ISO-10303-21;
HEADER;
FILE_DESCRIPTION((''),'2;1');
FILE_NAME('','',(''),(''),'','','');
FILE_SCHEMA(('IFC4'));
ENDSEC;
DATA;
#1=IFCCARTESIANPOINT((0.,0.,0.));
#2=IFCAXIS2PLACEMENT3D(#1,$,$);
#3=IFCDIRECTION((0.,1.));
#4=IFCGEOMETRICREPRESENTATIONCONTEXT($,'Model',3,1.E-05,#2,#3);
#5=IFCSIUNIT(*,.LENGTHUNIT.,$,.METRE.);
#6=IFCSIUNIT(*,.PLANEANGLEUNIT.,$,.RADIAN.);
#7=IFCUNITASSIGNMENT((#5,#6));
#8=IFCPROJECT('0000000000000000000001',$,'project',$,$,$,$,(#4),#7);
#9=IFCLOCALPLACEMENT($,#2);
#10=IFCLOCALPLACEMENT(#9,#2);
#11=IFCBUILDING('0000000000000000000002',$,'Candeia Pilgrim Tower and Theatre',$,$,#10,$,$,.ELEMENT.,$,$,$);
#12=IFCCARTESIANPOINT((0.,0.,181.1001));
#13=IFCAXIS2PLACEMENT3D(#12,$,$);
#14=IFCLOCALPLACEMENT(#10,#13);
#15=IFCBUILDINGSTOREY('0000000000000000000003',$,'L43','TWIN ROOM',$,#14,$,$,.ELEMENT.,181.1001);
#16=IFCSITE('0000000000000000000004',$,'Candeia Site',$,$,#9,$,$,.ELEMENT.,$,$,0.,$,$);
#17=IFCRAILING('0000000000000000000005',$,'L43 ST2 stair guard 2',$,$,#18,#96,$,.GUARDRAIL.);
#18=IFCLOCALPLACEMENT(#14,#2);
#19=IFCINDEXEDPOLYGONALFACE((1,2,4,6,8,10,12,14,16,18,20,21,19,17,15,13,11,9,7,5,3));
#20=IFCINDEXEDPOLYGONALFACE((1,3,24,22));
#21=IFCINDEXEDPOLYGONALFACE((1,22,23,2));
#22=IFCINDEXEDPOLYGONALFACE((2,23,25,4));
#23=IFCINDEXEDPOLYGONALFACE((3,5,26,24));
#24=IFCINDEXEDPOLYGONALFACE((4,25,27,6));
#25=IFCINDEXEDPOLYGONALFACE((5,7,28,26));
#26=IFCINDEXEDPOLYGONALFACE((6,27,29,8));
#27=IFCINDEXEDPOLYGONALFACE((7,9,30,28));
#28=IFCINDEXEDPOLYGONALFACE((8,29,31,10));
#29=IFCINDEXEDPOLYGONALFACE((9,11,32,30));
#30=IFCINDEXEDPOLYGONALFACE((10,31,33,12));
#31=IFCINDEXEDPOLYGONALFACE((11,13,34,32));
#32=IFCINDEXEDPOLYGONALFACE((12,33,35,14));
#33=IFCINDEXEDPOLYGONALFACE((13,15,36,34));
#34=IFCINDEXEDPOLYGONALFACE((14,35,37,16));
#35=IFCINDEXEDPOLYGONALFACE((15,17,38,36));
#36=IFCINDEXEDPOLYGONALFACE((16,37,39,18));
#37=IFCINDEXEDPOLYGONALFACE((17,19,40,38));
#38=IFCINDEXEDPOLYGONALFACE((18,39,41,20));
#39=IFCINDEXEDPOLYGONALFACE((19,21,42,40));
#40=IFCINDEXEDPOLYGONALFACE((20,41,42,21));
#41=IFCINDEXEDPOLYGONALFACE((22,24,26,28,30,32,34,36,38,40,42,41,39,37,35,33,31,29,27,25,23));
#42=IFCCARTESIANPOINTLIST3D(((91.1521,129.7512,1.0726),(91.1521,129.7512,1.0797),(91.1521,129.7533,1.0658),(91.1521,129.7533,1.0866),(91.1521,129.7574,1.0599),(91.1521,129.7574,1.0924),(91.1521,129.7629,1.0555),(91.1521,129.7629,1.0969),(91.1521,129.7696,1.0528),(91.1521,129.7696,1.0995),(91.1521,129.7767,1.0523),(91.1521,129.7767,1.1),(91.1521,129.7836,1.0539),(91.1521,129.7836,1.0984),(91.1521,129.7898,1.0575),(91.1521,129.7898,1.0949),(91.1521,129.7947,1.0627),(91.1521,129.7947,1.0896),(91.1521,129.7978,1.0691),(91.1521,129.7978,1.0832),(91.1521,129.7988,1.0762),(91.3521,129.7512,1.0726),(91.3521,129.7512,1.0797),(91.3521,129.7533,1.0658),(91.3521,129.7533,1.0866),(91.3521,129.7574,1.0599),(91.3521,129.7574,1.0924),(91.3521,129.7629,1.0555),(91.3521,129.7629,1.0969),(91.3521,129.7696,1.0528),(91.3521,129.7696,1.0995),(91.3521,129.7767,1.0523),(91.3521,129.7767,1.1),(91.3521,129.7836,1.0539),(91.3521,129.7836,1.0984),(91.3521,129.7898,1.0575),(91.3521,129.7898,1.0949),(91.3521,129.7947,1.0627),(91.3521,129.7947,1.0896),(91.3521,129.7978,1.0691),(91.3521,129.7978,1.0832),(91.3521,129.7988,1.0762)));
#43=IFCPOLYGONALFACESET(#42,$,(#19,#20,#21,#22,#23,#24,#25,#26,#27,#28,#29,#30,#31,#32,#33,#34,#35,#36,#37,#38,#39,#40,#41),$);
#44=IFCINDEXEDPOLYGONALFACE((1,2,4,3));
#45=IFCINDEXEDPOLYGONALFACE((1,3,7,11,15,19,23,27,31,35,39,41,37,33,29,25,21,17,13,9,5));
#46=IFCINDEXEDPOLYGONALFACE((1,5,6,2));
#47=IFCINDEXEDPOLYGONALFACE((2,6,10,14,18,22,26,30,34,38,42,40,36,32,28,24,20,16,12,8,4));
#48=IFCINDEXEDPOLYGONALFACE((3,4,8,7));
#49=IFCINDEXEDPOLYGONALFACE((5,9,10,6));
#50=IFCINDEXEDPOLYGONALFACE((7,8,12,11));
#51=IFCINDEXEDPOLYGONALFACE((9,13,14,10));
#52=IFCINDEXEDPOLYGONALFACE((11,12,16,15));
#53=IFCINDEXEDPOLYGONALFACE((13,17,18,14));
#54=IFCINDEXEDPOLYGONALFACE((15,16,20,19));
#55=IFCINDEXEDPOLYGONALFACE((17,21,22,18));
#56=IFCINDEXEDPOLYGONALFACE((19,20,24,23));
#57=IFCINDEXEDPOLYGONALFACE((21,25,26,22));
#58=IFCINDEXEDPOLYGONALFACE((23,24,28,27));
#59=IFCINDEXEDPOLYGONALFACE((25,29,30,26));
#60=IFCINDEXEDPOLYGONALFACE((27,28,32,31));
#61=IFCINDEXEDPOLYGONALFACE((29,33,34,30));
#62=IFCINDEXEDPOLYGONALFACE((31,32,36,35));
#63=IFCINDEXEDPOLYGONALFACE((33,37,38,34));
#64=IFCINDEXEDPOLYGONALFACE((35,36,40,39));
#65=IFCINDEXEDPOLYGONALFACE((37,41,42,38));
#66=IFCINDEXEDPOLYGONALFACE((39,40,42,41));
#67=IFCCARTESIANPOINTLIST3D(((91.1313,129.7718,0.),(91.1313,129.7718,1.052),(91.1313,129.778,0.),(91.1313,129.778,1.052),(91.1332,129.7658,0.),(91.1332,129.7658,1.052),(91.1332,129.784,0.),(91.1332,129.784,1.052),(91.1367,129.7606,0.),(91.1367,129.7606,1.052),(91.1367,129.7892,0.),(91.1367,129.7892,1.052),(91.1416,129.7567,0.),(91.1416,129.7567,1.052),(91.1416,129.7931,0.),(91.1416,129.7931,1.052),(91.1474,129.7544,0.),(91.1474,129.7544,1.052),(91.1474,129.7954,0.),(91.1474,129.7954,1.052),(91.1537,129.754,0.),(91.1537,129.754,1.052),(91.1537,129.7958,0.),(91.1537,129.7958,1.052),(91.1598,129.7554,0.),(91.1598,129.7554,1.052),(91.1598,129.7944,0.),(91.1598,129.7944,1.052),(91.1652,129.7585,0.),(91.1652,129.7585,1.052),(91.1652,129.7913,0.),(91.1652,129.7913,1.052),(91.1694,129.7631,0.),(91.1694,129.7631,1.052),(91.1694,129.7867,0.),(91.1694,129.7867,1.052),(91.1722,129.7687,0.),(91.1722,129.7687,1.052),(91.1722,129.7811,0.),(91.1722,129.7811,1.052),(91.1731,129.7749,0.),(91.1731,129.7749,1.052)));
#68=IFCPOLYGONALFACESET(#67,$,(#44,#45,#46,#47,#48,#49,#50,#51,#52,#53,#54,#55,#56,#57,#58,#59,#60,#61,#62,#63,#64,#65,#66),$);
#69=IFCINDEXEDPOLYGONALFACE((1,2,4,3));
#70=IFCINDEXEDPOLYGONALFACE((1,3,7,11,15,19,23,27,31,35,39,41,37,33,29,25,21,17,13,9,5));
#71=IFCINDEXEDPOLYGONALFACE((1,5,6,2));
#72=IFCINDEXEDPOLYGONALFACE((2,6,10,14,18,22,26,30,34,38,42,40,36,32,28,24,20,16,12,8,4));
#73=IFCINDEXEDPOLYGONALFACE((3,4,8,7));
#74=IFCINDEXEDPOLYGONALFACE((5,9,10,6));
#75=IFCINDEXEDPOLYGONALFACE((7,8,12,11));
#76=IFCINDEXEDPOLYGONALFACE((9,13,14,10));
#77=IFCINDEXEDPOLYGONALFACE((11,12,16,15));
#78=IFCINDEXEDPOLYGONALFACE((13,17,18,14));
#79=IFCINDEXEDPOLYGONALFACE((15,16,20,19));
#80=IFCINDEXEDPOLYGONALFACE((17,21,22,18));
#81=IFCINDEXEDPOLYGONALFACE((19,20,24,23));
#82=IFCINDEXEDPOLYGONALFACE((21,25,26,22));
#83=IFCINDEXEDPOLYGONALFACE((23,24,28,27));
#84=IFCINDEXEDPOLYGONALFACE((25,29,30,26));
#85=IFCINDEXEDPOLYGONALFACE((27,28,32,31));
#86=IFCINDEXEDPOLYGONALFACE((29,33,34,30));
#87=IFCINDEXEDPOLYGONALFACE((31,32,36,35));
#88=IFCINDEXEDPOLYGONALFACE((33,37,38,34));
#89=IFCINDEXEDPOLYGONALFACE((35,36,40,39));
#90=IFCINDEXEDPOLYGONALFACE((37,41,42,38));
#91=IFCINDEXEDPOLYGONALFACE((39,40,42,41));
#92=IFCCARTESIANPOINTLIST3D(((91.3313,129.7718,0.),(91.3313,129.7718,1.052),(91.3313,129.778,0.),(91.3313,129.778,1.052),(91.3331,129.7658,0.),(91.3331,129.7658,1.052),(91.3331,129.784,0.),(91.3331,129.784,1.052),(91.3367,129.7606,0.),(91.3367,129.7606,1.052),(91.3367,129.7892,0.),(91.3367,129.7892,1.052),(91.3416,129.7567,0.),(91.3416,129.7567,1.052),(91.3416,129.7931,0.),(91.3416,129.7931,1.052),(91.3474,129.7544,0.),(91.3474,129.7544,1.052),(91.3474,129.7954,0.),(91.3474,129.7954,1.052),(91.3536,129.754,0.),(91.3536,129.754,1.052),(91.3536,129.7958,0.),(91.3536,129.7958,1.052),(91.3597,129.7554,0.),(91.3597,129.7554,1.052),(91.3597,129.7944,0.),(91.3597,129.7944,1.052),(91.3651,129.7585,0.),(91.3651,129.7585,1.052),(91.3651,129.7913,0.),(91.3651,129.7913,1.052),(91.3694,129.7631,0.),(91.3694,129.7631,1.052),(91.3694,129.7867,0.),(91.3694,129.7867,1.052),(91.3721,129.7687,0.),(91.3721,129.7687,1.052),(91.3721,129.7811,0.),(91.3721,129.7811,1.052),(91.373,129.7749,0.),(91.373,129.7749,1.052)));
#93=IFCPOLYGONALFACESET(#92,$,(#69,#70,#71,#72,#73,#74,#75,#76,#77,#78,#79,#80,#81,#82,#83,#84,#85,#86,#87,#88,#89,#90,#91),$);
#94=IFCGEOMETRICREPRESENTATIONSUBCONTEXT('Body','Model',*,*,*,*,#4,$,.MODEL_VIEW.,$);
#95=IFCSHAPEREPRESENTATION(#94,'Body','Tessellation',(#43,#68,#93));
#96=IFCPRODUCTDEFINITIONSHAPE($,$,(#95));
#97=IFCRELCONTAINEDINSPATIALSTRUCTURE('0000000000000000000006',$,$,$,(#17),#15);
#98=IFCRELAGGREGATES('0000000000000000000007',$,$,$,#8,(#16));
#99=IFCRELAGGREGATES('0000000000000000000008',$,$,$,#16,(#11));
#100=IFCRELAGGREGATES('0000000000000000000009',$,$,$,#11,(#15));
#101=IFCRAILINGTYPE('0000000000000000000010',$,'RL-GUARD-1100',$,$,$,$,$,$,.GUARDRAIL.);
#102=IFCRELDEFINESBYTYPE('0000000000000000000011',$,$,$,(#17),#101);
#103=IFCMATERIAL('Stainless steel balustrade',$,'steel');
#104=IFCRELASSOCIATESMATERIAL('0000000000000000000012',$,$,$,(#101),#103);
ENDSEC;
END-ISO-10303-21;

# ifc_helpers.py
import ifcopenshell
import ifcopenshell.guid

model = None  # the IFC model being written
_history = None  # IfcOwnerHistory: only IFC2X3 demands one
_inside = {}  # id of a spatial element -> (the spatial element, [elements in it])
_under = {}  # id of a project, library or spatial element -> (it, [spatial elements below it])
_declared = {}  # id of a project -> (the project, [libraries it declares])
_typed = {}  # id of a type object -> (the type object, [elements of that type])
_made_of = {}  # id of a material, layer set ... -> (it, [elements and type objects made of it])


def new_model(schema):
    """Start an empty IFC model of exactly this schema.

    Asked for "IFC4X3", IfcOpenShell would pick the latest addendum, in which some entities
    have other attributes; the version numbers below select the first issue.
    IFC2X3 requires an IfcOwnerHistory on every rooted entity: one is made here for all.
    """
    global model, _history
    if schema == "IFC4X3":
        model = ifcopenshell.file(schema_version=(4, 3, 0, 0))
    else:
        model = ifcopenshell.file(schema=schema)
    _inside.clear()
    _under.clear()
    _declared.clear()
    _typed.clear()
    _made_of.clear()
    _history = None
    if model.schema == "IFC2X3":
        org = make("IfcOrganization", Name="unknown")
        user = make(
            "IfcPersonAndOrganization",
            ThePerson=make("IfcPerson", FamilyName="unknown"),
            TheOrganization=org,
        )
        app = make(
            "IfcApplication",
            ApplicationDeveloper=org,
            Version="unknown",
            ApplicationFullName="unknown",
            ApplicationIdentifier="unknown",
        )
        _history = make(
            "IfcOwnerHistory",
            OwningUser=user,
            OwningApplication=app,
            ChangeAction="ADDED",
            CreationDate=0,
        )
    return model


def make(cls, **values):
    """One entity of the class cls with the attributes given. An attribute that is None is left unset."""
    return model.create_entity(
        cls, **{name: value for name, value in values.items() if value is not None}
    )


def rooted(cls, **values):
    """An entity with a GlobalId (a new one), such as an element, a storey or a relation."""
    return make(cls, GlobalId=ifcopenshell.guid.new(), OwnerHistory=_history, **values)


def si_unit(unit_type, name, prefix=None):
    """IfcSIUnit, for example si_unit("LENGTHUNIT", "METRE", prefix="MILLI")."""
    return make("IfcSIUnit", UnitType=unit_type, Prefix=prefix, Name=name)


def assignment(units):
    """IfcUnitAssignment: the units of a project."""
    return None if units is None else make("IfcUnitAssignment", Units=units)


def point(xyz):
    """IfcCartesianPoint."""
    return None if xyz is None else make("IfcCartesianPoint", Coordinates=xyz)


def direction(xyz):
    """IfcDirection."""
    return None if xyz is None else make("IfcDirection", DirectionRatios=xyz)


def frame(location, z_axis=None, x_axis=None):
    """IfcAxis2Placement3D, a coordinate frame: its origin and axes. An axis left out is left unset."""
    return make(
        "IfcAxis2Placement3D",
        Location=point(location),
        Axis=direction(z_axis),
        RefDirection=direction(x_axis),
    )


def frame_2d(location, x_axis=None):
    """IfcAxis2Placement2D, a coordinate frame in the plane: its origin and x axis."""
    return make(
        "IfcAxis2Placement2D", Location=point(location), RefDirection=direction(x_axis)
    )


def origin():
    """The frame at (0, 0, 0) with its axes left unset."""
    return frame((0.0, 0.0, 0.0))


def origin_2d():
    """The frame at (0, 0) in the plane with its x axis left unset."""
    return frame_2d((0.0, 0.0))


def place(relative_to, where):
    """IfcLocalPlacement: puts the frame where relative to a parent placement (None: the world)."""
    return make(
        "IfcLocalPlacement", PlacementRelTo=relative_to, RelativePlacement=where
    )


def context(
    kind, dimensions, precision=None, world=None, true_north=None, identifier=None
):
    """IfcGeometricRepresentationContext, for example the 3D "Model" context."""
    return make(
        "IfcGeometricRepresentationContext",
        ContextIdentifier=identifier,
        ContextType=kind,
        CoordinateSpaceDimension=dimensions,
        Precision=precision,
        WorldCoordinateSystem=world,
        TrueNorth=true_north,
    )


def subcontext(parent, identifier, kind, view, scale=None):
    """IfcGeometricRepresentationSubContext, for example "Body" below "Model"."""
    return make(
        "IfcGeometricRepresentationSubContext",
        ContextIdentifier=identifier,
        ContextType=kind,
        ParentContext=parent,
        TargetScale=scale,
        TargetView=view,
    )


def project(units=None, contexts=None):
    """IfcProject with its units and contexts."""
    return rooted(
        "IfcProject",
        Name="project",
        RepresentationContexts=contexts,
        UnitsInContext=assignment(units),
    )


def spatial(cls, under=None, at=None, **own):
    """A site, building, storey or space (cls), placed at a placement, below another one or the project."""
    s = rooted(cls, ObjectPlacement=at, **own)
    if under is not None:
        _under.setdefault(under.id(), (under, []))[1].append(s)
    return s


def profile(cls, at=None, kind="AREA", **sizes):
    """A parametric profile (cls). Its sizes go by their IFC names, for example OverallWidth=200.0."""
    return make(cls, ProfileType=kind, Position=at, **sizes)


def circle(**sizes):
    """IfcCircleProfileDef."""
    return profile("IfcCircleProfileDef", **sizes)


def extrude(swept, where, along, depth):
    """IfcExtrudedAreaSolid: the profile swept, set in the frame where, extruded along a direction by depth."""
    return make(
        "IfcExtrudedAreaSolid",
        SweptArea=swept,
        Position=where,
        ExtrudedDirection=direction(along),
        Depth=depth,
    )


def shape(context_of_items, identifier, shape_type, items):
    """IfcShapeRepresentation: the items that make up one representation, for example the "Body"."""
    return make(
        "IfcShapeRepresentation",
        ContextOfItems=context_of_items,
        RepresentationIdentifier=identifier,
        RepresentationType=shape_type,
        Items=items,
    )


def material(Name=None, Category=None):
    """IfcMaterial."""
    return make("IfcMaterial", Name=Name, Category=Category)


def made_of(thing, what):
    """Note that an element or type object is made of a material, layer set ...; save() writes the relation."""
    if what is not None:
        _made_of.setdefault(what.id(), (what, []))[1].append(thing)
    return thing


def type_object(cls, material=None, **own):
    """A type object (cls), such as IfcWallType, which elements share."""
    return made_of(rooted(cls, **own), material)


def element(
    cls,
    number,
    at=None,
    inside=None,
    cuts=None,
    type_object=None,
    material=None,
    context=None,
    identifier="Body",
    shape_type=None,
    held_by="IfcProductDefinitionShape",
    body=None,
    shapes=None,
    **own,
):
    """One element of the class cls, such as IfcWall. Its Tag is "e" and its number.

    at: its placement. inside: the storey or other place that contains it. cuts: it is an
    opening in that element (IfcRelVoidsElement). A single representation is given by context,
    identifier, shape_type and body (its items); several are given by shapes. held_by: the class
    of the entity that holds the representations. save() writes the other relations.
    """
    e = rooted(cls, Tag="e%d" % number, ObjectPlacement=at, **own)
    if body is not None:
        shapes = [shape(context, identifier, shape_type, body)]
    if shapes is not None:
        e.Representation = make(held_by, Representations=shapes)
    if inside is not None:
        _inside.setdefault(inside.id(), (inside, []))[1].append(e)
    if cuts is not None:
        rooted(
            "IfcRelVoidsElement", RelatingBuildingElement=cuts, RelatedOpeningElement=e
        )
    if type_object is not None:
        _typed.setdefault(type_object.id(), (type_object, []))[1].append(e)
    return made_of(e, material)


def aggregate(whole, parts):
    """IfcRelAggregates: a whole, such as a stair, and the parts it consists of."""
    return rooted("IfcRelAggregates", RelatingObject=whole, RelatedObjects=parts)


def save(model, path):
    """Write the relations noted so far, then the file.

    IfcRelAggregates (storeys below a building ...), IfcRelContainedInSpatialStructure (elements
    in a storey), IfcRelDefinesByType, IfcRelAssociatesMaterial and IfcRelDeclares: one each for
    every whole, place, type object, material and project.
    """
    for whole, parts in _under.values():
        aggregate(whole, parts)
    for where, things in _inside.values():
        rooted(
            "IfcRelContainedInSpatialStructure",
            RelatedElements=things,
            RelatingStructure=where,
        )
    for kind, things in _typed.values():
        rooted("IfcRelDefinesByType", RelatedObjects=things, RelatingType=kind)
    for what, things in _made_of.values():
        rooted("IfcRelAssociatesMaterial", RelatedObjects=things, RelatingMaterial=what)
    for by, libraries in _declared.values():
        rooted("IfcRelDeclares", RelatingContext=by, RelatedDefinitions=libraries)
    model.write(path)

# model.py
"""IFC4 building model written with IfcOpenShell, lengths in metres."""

from ifc_helpers import new_model, si_unit, direction, frame, origin, origin_2d, place, context, subcontext, project, spatial, circle, extrude, material, type_object, element, save


model = new_model("IFC4")

# Units and contexts
model_context = context("Model", 3, precision=1e-05, world=origin(), true_north=direction((0.0, 1.0)))
body_context = subcontext(model_context, "Body", "Model", "MODEL_VIEW")
ifc_project = project(units=[si_unit("LENGTHUNIT", "METRE"), si_unit("PLANEANGLEUNIT", "RADIAN")], contexts=[model_context])

# Site, building, storey
site_placement = place(None, origin())
site = spatial("IfcSite", under=ifc_project, at=site_placement, Name="Candeia Site", CompositionType="ELEMENT", RefElevation=0.0)
building_placement = place(site_placement, origin())
building = spatial("IfcBuilding", under=site, at=building_placement, Name="Candeia Pilgrim Tower and Theatre", CompositionType="ELEMENT")
storey_placement = place(building_placement, frame((0.0, 0.0, 181.1001)))
storey = spatial("IfcBuildingStorey", under=building, at=storey_placement, Name="L43", Description="TWIN ROOM", CompositionType="ELEMENT", Elevation=181.1001)

# Railing
ifc_material_1 = material(Name="Stainless steel balustrade", Category="steel")
railing_type_1 = type_object("IfcRailingType", Name="RL-GUARD-1100", PredefinedType="GUARDRAIL", material=ifc_material_1)
railing_1_placement = place(storey_placement, frame((91.1521, 129.7749, 0.0)))
element("IfcRailing", 1, at=railing_1_placement, inside=storey, type_object=railing_type_1, Name="L43 ST2 stair guard 2", PredefinedType="GUARDRAIL", context=body_context, shape_type="SweptSolid", body=[
    extrude(circle(Radius=0.0239, at=origin_2d()), frame((0.0, 0.0, 1.0762), z_axis=(1.0, 0.0, 0.0), x_axis=(0.0, 1.0, 0.0)), (0.0, 0.0, 1.0), 0.2),
    extrude(circle(Radius=0.021, at=origin_2d()), origin(), (0.0, 0.0, 1.0), 1.052),
    extrude(circle(Radius=0.021, at=origin_2d()), frame((0.2, 0.0, 0.0)), (0.0, 0.0, 1.0), 1.052),
])

save(model, "model.ifc")
